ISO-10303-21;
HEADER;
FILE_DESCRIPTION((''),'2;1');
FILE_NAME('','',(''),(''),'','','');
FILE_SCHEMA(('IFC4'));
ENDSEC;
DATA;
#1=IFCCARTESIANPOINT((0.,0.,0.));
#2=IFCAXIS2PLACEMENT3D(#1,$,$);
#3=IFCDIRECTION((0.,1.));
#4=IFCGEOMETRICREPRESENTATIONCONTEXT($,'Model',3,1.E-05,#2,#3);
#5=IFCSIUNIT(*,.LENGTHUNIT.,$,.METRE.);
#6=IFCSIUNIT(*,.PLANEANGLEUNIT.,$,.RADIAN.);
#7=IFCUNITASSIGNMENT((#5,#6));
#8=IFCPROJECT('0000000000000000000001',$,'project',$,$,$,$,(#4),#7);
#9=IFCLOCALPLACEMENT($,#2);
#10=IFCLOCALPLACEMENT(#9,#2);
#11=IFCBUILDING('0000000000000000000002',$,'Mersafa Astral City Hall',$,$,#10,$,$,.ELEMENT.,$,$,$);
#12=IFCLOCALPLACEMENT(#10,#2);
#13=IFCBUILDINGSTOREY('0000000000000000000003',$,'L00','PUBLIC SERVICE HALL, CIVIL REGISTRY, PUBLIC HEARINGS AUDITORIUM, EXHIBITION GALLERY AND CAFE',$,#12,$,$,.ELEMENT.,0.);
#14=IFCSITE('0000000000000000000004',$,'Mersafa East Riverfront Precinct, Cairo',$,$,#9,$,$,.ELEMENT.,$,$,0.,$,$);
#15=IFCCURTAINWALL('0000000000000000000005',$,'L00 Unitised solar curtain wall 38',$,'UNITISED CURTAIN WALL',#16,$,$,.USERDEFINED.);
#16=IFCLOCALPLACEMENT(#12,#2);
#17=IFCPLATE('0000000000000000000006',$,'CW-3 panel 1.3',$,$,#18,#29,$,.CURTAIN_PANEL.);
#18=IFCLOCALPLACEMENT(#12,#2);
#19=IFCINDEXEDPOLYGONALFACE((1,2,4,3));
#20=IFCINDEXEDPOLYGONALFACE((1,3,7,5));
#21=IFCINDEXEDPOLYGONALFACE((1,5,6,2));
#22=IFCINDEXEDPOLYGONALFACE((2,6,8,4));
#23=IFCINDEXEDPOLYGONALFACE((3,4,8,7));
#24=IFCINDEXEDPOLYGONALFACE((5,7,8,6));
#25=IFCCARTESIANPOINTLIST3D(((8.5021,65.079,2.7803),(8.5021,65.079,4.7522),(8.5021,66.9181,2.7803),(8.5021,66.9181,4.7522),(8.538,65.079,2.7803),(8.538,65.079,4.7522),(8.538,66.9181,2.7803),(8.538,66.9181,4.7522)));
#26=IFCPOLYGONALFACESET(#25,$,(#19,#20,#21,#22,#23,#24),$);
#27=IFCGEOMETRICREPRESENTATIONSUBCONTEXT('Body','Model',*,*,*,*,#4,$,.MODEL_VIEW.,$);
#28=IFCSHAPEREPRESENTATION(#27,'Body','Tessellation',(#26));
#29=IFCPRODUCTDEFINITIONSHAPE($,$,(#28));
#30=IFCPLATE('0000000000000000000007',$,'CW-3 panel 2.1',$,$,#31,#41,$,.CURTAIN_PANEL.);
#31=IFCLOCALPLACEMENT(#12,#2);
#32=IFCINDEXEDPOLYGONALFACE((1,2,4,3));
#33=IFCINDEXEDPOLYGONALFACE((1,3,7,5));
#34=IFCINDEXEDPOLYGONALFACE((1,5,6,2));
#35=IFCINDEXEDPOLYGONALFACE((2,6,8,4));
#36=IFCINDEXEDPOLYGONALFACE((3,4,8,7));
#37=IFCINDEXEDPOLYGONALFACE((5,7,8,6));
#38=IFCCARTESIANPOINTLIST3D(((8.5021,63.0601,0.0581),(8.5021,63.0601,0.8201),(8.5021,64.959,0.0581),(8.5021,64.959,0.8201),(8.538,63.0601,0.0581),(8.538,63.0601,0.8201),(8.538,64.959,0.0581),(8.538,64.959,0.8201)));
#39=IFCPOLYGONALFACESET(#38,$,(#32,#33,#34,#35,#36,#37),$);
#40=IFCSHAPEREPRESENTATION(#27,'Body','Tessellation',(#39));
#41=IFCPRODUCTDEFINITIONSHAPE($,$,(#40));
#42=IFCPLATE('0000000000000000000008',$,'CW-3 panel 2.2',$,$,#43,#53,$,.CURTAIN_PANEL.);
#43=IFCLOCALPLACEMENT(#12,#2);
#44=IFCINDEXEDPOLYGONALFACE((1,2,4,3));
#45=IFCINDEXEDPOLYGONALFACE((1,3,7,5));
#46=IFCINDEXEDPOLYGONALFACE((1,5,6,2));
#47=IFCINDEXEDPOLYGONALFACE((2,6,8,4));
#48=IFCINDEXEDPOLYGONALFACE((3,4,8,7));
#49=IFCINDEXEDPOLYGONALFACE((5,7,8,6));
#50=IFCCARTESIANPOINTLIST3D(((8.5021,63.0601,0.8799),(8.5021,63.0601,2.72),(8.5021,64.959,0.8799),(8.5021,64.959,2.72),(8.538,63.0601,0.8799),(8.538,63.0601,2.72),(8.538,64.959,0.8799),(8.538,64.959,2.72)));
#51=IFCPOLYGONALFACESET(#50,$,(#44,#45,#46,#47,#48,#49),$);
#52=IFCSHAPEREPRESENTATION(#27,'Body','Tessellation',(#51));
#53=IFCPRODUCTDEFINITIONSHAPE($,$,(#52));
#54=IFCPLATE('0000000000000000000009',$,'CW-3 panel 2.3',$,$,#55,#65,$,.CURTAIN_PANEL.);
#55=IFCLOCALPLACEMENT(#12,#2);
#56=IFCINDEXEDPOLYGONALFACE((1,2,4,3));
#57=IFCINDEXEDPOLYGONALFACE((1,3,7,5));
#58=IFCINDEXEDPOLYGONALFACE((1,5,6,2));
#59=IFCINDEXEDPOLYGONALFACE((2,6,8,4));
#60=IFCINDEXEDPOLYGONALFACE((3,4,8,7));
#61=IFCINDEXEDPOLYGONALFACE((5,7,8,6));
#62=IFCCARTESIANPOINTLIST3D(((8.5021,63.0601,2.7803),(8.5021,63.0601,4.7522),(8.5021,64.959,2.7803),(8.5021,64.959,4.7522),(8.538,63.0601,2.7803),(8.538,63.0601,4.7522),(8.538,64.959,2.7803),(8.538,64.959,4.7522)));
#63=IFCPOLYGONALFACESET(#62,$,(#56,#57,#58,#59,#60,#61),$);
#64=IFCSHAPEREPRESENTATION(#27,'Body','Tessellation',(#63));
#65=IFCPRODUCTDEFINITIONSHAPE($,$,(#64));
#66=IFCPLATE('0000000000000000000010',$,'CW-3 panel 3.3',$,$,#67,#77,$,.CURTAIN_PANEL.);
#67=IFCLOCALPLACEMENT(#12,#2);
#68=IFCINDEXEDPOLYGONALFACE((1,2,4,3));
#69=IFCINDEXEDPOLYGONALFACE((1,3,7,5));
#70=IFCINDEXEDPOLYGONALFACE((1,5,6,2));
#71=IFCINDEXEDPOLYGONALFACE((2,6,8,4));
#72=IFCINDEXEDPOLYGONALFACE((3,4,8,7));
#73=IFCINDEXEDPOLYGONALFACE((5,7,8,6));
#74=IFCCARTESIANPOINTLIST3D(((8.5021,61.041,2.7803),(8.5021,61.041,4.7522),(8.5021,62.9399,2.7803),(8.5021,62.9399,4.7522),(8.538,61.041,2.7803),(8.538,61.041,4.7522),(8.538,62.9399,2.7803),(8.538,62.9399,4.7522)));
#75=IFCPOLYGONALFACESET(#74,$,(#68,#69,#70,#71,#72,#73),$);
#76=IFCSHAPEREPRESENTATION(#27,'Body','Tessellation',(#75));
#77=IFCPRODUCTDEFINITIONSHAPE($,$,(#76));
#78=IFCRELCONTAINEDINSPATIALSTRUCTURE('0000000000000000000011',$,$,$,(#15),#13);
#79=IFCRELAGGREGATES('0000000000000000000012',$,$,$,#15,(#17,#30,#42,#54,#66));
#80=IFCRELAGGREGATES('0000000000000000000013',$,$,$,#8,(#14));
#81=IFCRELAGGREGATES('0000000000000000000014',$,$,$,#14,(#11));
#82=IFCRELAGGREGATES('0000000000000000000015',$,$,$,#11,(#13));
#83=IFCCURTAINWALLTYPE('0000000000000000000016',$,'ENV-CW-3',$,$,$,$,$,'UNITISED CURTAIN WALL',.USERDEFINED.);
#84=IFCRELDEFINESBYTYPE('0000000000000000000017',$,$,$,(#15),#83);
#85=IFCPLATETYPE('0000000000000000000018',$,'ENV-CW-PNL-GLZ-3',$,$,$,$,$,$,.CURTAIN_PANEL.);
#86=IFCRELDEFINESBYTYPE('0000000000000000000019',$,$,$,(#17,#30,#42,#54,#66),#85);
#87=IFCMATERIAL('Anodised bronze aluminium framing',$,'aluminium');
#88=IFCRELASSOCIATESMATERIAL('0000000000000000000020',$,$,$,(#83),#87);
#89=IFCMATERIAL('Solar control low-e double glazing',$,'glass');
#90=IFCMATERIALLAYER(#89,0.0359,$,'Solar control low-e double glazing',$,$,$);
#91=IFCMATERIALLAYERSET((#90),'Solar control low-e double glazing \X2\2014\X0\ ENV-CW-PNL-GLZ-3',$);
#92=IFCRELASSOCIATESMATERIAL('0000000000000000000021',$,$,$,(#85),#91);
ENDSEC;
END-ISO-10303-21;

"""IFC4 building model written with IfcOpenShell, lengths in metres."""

from ifc_helpers import new_model, si_unit, direction, frame, origin, origin_2d, place, context, subcontext, project, spatial, rectangle, extrude, material, layer, layer_set, type_object, element, aggregate, save


model = new_model("IFC4")

# Units and contexts
model_context = context("Model", 3, precision=1e-05, world=origin(), true_north=direction((0.0, 1.0)))
body_context = subcontext(model_context, "Body", "Model", "MODEL_VIEW")
ifc_project = project(units=[si_unit("LENGTHUNIT", "METRE"), si_unit("PLANEANGLEUNIT", "RADIAN")], contexts=[model_context])

# Site, building, storey
site_placement = place(None, origin())
site = spatial("IfcSite", under=ifc_project, at=site_placement, Name="Mersafa East Riverfront Precinct, Cairo", CompositionType="ELEMENT", RefElevation=0.0)
building_placement = place(site_placement, origin())
building = spatial("IfcBuilding", under=site, at=building_placement, Name="Mersafa Astral City Hall", CompositionType="ELEMENT")
storey_placement = place(building_placement, origin())
storey = spatial("IfcBuildingStorey", under=building, at=storey_placement, Name="L00", Description="PUBLIC SERVICE HALL, CIVIL REGISTRY, PUBLIC HEARINGS AUDITORIUM, EXHIBITION GALLERY AND CAFE", CompositionType="ELEMENT", Elevation=0.0)

# Curtain wall
ifc_material_1 = material(Name="Anodised bronze aluminium framing", Category="aluminium")
curtain_wall_type = type_object("IfcCurtainWallType", Name="ENV-CW-3", ElementType="UNITISED CURTAIN WALL", PredefinedType="USERDEFINED", material=ifc_material_1)
curtain_wall_placement = place(storey_placement, origin())
curtain_wall = element("IfcCurtainWall", 1, at=curtain_wall_placement, inside=storey, type_object=curtain_wall_type, Name="L00 Unitised solar curtain wall 38", ObjectType="UNITISED CURTAIN WALL", PredefinedType="USERDEFINED")

# Plates
ifc_material_2 = material(Name="Solar control low-e double glazing", Category="glass")
ifc_layer = layer(ifc_material_2, 0.0359, Name="Solar control low-e double glazing")
ifc_layer_set = layer_set([ifc_layer], Name="Solar control low-e double glazing — ENV-CW-PNL-GLZ-3")
plate_type = type_object("IfcPlateType", Name="ENV-CW-PNL-GLZ-3", PredefinedType="CURTAIN_PANEL", material=ifc_layer_set)
plate_1_placement = place(storey_placement, frame((8.52, 65.9985, 2.7803), z_axis=(0.0, 0.0, 1.0), x_axis=(0.0, -1.0, 0.0)))
plate_1 = element("IfcPlate", 2, at=plate_1_placement, type_object=plate_type, Name="CW-3 panel 1.3", PredefinedType="CURTAIN_PANEL", context=body_context, shape_type="SweptSolid", body=[
    extrude(rectangle(XDim=1.8391, YDim=0.0359, at=origin_2d()), origin(), (0.0, 0.0, 1.0), 1.9719),
])
plate_2_placement = place(storey_placement, frame((8.52, 64.0095, 0.0581), z_axis=(0.0, 0.0, 1.0), x_axis=(0.0, -1.0, 0.0)))
plate_2 = element("IfcPlate", 3, at=plate_2_placement, type_object=plate_type, Name="CW-3 panel 2.1", PredefinedType="CURTAIN_PANEL", context=body_context, shape_type="SweptSolid", body=[
    extrude(rectangle(XDim=1.8989, YDim=0.0359, at=origin_2d()), origin(), (0.0, 0.0, 1.0), 0.762),
])
plate_3_placement = place(storey_placement, frame((8.52, 64.0095, 0.8799), z_axis=(0.0, 0.0, 1.0), x_axis=(0.0, -1.0, 0.0)))
plate_3 = element("IfcPlate", 4, at=plate_3_placement, type_object=plate_type, Name="CW-3 panel 2.2", PredefinedType="CURTAIN_PANEL", context=body_context, shape_type="SweptSolid", body=[
    extrude(rectangle(XDim=1.8989, YDim=0.0359, at=origin_2d()), origin(), (0.0, 0.0, 1.0), 1.8401),
])
plate_4_placement = place(storey_placement, frame((8.52, 64.0095, 2.7803), z_axis=(0.0, 0.0, 1.0), x_axis=(0.0, -1.0, 0.0)))
plate_4 = element("IfcPlate", 5, at=plate_4_placement, type_object=plate_type, Name="CW-3 panel 2.3", PredefinedType="CURTAIN_PANEL", context=body_context, shape_type="SweptSolid", body=[
    extrude(rectangle(XDim=1.8989, YDim=0.0359, at=origin_2d()), origin(), (0.0, 0.0, 1.0), 1.9719),
])
plate_5_placement = place(storey_placement, frame((8.52, 61.9905, 2.7803), z_axis=(0.0, 0.0, 1.0), x_axis=(0.0, -1.0, 0.0)))
plate_5 = element("IfcPlate", 6, at=plate_5_placement, type_object=plate_type, Name="CW-3 panel 3.3", PredefinedType="CURTAIN_PANEL", context=body_context, shape_type="SweptSolid", body=[
    extrude(rectangle(XDim=1.8989, YDim=0.0359, at=origin_2d()), origin(), (0.0, 0.0, 1.0), 1.9719),
])
aggregate(curtain_wall, [plate_1, plate_2, plate_3, plate_4, plate_5])

save(model, "model.ifc")
